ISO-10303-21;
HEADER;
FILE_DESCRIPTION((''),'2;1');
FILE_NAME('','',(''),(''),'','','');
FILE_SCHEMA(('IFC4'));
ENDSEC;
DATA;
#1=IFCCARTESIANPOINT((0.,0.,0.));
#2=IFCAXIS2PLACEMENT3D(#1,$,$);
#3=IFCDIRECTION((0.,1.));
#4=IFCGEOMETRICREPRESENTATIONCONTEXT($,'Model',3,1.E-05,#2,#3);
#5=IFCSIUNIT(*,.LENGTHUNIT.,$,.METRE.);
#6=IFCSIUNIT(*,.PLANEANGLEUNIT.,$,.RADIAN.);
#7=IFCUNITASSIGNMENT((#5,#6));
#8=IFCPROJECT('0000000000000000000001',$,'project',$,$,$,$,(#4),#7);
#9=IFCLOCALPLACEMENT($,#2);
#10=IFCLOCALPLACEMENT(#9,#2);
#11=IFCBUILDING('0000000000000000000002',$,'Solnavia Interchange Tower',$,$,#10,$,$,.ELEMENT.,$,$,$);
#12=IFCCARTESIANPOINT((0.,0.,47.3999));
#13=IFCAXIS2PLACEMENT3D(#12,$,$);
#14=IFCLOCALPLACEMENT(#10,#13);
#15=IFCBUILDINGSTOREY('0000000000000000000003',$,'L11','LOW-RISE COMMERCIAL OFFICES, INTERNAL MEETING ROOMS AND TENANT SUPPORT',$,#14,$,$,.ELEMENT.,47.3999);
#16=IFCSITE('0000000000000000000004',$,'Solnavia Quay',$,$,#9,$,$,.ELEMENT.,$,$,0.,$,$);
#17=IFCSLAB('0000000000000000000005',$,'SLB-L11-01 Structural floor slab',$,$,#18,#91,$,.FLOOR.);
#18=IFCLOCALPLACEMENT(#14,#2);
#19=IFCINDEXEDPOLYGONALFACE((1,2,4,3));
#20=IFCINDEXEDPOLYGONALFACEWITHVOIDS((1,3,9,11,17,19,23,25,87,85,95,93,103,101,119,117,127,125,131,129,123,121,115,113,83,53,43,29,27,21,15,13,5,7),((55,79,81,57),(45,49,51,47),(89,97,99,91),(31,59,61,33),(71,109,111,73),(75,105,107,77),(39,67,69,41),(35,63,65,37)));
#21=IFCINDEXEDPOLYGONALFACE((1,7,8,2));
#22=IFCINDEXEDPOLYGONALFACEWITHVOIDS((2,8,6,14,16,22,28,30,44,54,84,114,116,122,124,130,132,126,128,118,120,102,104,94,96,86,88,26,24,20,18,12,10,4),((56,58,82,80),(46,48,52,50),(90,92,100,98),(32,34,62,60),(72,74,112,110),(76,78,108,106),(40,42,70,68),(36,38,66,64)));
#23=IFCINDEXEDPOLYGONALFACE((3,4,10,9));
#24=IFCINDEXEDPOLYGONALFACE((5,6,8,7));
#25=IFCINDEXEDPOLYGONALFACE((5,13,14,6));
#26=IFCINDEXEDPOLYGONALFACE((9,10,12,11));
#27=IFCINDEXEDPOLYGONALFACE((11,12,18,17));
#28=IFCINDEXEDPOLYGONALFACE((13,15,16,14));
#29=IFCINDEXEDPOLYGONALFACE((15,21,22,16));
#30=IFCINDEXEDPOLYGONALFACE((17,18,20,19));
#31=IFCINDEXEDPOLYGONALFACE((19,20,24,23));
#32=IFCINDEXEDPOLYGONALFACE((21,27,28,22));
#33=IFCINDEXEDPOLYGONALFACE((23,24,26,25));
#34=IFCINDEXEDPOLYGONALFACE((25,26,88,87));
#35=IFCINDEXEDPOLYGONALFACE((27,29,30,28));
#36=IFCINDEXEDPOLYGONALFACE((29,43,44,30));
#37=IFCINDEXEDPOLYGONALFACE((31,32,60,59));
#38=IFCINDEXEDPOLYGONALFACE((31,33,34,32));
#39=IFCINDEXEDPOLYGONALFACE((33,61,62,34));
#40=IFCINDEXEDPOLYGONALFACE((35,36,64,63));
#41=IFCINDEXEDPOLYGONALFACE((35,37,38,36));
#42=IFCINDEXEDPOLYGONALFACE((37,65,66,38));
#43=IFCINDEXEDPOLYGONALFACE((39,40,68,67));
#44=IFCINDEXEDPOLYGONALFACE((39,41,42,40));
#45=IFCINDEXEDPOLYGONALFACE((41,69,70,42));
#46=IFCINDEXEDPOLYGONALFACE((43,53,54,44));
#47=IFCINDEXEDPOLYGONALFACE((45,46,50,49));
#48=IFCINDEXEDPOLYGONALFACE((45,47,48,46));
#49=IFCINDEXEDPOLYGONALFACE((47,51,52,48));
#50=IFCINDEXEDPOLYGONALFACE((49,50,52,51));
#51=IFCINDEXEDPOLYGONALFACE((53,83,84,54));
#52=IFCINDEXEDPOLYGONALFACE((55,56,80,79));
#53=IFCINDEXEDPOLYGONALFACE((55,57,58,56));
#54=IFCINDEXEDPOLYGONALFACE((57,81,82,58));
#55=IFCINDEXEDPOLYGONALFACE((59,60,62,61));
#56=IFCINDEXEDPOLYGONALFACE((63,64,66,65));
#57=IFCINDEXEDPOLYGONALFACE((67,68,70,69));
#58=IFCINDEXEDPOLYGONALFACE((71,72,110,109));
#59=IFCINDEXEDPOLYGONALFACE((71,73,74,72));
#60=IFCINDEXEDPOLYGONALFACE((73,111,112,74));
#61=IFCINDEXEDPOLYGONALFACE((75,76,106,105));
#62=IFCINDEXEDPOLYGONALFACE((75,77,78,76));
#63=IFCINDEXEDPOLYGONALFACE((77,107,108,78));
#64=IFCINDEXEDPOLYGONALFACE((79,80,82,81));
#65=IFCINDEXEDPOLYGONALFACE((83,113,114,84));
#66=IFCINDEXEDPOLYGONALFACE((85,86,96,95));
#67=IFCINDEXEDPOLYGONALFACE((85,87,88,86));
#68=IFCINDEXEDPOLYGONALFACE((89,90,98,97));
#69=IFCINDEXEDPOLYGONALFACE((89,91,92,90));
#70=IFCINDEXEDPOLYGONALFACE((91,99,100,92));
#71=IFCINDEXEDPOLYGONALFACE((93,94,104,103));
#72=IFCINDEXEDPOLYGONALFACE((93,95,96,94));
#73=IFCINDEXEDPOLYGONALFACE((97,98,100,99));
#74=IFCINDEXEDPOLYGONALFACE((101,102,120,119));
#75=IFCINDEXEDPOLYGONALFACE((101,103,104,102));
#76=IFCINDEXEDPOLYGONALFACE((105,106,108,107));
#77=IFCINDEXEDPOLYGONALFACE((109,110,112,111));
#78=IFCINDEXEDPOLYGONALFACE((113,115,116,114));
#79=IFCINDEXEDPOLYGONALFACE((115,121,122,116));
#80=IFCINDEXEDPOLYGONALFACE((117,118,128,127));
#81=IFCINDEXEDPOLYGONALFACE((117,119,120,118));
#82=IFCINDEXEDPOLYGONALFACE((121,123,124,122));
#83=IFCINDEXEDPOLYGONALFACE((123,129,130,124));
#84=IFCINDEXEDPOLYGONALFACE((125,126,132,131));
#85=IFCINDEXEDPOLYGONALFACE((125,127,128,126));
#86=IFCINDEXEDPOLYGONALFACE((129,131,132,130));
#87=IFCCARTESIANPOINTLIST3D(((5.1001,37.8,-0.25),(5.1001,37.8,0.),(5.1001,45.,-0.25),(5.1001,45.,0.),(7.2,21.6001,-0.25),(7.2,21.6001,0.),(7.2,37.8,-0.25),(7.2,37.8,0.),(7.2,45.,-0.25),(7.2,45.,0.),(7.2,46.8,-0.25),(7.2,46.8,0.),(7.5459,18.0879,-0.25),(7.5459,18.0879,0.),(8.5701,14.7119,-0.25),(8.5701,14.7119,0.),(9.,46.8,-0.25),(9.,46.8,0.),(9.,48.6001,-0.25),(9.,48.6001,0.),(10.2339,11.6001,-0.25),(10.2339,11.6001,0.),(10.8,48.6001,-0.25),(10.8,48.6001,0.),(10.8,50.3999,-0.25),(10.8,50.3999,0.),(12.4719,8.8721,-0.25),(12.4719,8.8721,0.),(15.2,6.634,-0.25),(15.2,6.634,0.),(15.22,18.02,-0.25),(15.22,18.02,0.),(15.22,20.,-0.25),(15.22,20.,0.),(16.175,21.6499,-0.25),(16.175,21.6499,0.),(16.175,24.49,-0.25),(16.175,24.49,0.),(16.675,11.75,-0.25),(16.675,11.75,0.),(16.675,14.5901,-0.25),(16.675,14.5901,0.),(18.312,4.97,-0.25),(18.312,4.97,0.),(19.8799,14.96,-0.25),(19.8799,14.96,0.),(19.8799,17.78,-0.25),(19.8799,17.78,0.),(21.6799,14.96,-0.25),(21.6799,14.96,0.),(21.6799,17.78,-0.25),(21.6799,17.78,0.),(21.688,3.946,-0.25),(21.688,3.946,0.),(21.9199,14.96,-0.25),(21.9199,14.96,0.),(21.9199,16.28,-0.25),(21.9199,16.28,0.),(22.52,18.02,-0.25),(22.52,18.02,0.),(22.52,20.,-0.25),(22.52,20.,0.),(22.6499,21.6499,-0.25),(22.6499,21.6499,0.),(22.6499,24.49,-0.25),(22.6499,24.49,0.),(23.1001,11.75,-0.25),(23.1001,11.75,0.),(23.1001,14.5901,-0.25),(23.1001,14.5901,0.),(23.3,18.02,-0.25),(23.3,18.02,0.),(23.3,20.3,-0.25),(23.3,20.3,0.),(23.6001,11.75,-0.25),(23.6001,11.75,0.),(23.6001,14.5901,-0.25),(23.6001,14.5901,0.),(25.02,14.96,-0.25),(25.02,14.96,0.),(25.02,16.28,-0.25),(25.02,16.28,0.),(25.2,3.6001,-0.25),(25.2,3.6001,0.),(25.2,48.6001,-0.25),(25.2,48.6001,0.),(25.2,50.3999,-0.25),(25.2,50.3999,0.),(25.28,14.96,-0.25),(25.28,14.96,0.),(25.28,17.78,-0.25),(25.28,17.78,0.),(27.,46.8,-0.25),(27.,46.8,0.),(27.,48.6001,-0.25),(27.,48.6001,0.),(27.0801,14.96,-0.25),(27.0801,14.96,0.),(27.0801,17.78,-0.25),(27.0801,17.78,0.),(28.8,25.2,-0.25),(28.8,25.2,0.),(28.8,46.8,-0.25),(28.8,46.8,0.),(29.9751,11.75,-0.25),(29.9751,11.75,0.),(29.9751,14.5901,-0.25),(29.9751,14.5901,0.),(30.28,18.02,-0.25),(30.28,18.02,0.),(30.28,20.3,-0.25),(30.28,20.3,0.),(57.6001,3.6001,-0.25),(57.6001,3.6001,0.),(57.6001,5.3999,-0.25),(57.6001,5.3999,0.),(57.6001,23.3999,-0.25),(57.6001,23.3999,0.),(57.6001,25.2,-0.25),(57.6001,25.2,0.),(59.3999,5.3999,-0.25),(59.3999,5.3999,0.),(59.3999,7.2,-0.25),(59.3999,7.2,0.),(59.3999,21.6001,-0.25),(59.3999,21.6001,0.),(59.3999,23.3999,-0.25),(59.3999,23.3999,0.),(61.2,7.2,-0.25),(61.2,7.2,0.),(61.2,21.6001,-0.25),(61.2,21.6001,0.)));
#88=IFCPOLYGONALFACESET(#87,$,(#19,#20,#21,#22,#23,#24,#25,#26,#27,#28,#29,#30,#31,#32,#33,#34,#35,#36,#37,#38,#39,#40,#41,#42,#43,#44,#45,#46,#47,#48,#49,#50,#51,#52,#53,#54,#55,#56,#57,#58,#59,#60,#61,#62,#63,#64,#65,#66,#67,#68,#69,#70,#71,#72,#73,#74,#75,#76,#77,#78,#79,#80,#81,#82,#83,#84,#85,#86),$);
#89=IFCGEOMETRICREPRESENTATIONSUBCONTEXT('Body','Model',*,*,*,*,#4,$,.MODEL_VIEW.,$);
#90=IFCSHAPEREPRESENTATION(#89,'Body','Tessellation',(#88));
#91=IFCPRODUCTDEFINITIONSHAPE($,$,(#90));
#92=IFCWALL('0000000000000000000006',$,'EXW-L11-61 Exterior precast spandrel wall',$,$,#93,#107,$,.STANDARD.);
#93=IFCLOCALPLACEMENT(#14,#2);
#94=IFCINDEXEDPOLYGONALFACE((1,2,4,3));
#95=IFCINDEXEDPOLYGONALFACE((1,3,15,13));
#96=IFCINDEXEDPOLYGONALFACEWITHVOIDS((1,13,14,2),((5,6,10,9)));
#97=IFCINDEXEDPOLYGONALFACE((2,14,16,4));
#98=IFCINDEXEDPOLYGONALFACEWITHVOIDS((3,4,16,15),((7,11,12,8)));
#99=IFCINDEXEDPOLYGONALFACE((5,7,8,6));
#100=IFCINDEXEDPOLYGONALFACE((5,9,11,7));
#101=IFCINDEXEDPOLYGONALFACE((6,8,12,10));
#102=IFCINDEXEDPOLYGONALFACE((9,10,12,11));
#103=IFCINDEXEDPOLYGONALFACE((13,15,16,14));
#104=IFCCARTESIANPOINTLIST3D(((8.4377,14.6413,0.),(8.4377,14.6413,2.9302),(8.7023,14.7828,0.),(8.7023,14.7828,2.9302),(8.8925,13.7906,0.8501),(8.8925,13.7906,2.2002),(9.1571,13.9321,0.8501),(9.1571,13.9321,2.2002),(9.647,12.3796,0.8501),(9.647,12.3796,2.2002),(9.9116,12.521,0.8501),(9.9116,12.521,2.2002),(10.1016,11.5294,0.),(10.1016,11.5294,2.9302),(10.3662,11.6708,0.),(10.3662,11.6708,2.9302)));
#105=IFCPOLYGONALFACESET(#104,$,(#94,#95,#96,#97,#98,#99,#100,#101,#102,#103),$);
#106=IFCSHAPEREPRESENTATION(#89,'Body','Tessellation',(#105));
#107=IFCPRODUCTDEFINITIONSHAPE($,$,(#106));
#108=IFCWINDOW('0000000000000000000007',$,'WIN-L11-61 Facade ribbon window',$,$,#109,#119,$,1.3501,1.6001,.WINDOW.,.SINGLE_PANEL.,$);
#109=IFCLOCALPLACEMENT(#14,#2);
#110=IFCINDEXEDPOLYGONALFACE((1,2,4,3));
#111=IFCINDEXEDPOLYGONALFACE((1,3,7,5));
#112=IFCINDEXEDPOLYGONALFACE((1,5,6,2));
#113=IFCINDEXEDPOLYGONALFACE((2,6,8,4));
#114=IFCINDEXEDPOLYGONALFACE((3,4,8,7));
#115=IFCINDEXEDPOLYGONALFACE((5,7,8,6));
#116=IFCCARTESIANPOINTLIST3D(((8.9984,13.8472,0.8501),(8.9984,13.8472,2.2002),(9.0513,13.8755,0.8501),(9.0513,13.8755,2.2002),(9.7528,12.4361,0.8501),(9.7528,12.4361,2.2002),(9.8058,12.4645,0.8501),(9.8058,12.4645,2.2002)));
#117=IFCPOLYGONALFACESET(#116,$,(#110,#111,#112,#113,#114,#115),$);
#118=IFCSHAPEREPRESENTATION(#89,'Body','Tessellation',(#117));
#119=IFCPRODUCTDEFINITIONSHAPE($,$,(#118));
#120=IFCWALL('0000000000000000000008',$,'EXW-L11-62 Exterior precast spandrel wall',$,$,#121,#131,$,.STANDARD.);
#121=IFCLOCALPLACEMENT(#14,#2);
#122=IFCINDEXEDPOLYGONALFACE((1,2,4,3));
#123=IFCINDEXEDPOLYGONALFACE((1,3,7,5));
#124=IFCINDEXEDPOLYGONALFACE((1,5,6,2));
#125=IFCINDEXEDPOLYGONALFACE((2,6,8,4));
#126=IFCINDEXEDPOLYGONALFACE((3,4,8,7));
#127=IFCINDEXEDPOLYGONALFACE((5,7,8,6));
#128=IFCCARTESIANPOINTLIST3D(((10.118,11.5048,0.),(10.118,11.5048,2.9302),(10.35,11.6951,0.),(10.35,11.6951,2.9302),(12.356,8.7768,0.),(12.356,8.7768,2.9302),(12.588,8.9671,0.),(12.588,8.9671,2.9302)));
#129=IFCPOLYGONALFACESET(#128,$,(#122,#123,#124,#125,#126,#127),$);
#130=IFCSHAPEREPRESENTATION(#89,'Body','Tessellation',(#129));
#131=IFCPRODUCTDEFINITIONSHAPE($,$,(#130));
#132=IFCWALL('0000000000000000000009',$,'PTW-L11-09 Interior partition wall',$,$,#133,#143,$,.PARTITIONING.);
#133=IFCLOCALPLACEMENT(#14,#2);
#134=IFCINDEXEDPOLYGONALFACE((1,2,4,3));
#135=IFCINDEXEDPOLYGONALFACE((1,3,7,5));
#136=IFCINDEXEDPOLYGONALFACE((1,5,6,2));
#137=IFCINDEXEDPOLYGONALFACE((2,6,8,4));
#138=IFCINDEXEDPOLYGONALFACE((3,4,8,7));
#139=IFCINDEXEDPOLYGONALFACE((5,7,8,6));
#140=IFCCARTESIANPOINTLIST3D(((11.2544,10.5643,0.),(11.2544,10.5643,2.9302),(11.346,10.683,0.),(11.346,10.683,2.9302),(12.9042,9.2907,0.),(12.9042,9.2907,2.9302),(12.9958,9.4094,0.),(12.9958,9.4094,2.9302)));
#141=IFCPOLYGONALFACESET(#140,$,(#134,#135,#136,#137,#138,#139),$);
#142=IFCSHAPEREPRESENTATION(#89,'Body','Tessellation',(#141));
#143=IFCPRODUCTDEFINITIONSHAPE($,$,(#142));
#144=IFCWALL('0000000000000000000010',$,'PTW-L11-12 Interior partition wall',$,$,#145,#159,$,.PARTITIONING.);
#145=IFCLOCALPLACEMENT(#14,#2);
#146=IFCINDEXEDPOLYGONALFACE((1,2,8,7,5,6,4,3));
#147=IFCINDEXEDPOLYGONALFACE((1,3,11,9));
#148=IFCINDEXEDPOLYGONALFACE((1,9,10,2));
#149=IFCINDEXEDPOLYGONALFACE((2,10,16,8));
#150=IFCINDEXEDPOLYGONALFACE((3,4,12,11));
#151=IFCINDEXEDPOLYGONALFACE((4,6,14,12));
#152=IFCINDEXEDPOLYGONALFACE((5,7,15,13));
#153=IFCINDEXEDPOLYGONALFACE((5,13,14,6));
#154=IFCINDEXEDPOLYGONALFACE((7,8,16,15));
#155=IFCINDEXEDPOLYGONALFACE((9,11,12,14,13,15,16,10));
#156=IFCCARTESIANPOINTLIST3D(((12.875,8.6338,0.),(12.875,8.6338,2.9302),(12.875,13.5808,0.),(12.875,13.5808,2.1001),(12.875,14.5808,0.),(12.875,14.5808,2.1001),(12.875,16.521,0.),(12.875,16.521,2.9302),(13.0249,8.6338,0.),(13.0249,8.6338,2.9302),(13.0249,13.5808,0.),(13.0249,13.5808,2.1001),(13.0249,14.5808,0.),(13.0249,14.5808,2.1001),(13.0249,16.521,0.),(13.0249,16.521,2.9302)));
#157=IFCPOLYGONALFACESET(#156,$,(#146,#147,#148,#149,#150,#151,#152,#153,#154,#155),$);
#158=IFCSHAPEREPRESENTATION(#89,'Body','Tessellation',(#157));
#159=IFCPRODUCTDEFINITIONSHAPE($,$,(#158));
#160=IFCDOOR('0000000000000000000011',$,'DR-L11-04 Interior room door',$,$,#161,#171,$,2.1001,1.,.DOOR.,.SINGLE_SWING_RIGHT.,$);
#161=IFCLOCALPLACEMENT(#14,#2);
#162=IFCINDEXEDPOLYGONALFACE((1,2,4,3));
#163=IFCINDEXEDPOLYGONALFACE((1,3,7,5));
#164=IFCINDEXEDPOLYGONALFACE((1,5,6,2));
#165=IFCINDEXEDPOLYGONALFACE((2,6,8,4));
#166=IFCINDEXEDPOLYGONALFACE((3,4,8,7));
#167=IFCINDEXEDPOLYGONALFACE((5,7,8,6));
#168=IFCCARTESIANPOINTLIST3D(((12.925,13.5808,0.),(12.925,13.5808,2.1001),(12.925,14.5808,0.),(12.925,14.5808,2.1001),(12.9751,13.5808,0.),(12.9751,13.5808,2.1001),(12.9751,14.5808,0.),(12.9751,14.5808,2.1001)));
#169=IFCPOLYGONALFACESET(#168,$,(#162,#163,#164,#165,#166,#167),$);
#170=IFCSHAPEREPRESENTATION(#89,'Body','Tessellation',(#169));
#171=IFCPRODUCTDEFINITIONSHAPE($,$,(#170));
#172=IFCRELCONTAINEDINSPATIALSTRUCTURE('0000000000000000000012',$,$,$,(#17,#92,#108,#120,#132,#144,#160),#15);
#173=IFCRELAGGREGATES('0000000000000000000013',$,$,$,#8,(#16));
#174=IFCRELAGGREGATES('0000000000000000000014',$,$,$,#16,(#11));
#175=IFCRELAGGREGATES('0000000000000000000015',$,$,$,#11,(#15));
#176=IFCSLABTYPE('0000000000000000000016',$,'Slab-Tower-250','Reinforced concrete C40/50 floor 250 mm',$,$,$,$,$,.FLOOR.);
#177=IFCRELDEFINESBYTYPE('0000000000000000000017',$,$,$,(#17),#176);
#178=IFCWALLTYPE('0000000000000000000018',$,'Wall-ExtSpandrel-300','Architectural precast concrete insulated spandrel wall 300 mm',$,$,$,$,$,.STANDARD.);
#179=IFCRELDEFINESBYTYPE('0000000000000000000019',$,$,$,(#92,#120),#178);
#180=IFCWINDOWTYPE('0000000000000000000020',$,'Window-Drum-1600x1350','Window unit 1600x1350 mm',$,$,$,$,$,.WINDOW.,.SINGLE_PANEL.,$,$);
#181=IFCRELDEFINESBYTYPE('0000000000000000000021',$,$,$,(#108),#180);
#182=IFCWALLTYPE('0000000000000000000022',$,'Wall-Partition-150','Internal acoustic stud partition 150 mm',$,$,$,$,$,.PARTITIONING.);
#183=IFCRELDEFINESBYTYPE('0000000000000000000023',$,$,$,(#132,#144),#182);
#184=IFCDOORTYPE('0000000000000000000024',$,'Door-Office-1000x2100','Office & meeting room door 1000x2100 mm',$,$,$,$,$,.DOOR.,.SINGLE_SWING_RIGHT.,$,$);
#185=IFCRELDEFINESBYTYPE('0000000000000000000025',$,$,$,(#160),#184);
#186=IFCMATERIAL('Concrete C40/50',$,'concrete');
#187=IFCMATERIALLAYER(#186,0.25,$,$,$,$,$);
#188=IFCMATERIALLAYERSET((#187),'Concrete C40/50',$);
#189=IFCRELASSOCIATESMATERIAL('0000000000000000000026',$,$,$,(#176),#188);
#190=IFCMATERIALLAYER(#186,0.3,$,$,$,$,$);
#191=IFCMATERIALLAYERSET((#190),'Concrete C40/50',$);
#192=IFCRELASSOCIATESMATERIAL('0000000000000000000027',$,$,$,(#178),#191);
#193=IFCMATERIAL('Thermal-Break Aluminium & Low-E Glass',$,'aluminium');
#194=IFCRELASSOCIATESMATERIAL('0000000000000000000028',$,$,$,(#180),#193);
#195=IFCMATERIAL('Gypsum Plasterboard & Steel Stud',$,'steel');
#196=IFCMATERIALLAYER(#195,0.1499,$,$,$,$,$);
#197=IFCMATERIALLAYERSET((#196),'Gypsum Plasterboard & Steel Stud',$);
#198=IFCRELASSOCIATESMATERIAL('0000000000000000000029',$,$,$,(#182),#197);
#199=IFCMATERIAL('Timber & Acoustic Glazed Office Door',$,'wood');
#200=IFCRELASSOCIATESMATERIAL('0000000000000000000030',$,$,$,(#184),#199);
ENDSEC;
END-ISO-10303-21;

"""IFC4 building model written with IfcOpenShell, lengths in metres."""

from ifc_helpers import new_model, si_unit, direction, frame, frame_2d, origin, place, context, subcontext, project, spatial, polyline, rectangle, outline, extrude, material, layer, layer_set, type_object, element, fill, save


model = new_model("IFC4")

# Units and contexts
model_context = context("Model", 3, precision=1e-05, world=origin(), true_north=direction((0.0, 1.0)))
body_context = subcontext(model_context, "Body", "Model", "MODEL_VIEW")
ifc_project = project(units=[si_unit("LENGTHUNIT", "METRE"), si_unit("PLANEANGLEUNIT", "RADIAN")], contexts=[model_context])

# Site, building, storey
site_placement = place(None, origin())
site = spatial("IfcSite", under=ifc_project, at=site_placement, Name="Solnavia Quay", CompositionType="ELEMENT", RefElevation=0.0)
building_placement = place(site_placement, origin())
building = spatial("IfcBuilding", under=site, at=building_placement, Name="Solnavia Interchange Tower", CompositionType="ELEMENT")
storey_placement = place(building_placement, frame((0.0, 0.0, 47.3999)))
storey = spatial("IfcBuildingStorey", under=building, at=storey_placement, Name="L11", Description="LOW-RISE COMMERCIAL OFFICES, INTERNAL MEETING ROOMS AND TENANT SUPPORT", CompositionType="ELEMENT", Elevation=47.3999)

# Shared definitions
ifc_material_1 = material(Name="Concrete C40/50", Category="concrete")

# Slab
ifc_layer_1 = layer(ifc_material_1, 0.25)
ifc_layer_set_1 = layer_set([ifc_layer_1], Name="Concrete C40/50")
slab_type_1 = type_object("IfcSlabType", Name="Slab-Tower-250", Description="Reinforced concrete C40/50 floor 250 mm", PredefinedType="FLOOR", material=ifc_layer_set_1)
slab_1_placement = place(storey_placement, frame((0.0, 0.0, -0.25)))
element("IfcSlab", 1, at=slab_1_placement, inside=storey, type_object=slab_type_1, Name="SLB-L11-01 Structural floor slab", PredefinedType="FLOOR", context=body_context, shape_type="SweptSolid", body=[
    extrude(outline(polyline([(25.2, 3.6001), (57.6001, 3.6001), (57.6001, 5.3999), (59.3999, 5.3999), (59.3999, 7.2), (61.2, 7.2), (61.2, 21.6001), (59.3999, 21.6001), (59.3999, 23.3999), (57.6001, 23.3999), (57.6001, 25.2), (28.8, 25.2), (28.8, 46.8), (27.0, 46.8), (27.0, 48.6001), (25.2, 48.6001), (25.2, 50.3999), (10.8, 50.3999), (10.8, 48.6001), (9.0, 48.6001), (9.0, 46.8), (7.2, 46.8), (7.2, 45.0), (5.1001, 45.0), (5.1001, 37.8), (7.2, 37.8), (7.2, 21.6001), (7.5459, 18.0879), (8.5701, 14.7119), (10.2339, 11.6001), (12.4719, 8.8721), (15.2, 6.634), (18.312, 4.97), (21.688, 3.946), (25.2, 3.6001)]), holes=[polyline([(16.675, 11.75), (23.1001, 11.75), (23.1001, 14.5901), (16.675, 14.5901), (16.675, 11.75)]), polyline([(23.6001, 11.75), (29.9751, 11.75), (29.9751, 14.5901), (23.6001, 14.5901), (23.6001, 11.75)]), polyline([(16.175, 21.6499), (22.6499, 21.6499), (22.6499, 24.49), (16.175, 24.49), (16.175, 21.6499)]), polyline([(19.8799, 14.96), (21.6799, 14.96), (21.6799, 17.78), (19.8799, 17.78), (19.8799, 14.96)]), polyline([(25.28, 14.96), (27.0801, 14.96), (27.0801, 17.78), (25.28, 17.78), (25.28, 14.96)]), polyline([(21.9199, 14.96), (25.02, 14.96), (25.02, 16.28), (21.9199, 16.28), (21.9199, 14.96)]), polyline([(15.22, 18.02), (22.52, 18.02), (22.52, 20.0), (15.22, 20.0), (15.22, 18.02)]), polyline([(23.3, 18.02), (30.28, 18.02), (30.28, 20.3), (23.3, 20.3), (23.3, 18.02)])]), origin(), (0.0, 0.0, 1.0), 0.25),
])

# Wall, opening, window
ifc_layer_2 = layer(ifc_material_1, 0.3)
ifc_layer_set_2 = layer_set([ifc_layer_2], Name="Concrete C40/50")
wall_type_1 = type_object("IfcWallType", Name="Wall-ExtSpandrel-300", Description="Architectural precast concrete insulated spandrel wall 300 mm", PredefinedType="STANDARD", material=ifc_layer_set_2)
wall_1_placement = place(storey_placement, frame((10.2339, 11.6001, 0.0), z_axis=(0.0, 0.0, 1.0), x_axis=(-0.471511, 0.88186, 0.0)))
wall_1 = element("IfcWall", 2, at=wall_1_placement, inside=storey, type_object=wall_type_1, Name="EXW-L11-61 Exterior precast spandrel wall", PredefinedType="STANDARD", context=body_context, shape_type="SweptSolid", body=[
    extrude(rectangle(XDim=3.5288, YDim=0.3, at=frame_2d((1.7644, 0.0))), origin(), (0.0, 0.0, 1.0), 2.9302),
])
opening_1_placement = place(wall_1_placement, frame((0.9641, 0.0, 0.8501)))
opening_1 = element("IfcOpeningElement", 3, at=opening_1_placement, cuts=wall_1, PredefinedType="OPENING", context=body_context, shape_type="SweptSolid", body=[
    extrude(rectangle(XDim=1.6001, YDim=1.3501, at=frame_2d((0.8, 0.675))), frame((0.0, 0.1602, 0.0), z_axis=(0.0, -1.0, 0.0), x_axis=(1.0, 0.0, 0.0)), (0.0, 0.0, 1.0), 0.3201),
])
ifc_material_2 = material(Name="Thermal-Break Aluminium & Low-E Glass", Category="aluminium")
window_type = type_object("IfcWindowType", Name="Window-Drum-1600x1350", Description="Window unit 1600x1350 mm", PartitioningType="SINGLE_PANEL", PredefinedType="WINDOW", material=ifc_material_2)
window_placement = place(opening_1_placement, origin())
window = element("IfcWindow", 4, at=window_placement, inside=storey, type_object=window_type, Name="WIN-L11-61 Facade ribbon window", OverallHeight=1.3501, OverallWidth=1.6001, PartitioningType="SINGLE_PANEL", PredefinedType="WINDOW", context=body_context, shape_type="SweptSolid", body=[
    extrude(rectangle(XDim=1.6001, YDim=1.3501, at=frame_2d((0.8, 0.675))), frame((0.0, 0.03, 0.0), z_axis=(0.0, -1.0, 0.0), x_axis=(1.0, 0.0, 0.0)), (0.0, 0.0, 1.0), 0.0601),
])
fill(opening_1, window)

# Walls
wall_2_placement = place(storey_placement, frame((12.4719, 8.8721, 0.0), z_axis=(0.0, 0.0, 1.0), x_axis=(-0.634258, 0.773121, 0.0)))
element("IfcWall", 5, at=wall_2_placement, inside=storey, type_object=wall_type_1, Name="EXW-L11-62 Exterior precast spandrel wall", PredefinedType="STANDARD", context=body_context, shape_type="SweptSolid", body=[
    extrude(rectangle(XDim=3.5286, YDim=0.3, at=frame_2d((1.7642, 0.0))), origin(), (0.0, 0.0, 1.0), 2.9302),
])
ifc_material_3 = material(Name="Gypsum Plasterboard & Steel Stud", Category="steel")
ifc_layer_3 = layer(ifc_material_3, 0.1499)
ifc_layer_set_3 = layer_set([ifc_layer_3], Name="Gypsum Plasterboard & Steel Stud")
wall_type_2 = type_object("IfcWallType", Name="Wall-Partition-150", Description="Internal acoustic stud partition 150 mm", PredefinedType="PARTITIONING", material=ifc_layer_set_3)
wall_3_placement = place(storey_placement, frame((12.95, 9.3501, 0.0), z_axis=(0.0, 0.0, 1.0), x_axis=(-0.791573, 0.611074, 0.0)))
element("IfcWall", 6, at=wall_3_placement, inside=storey, type_object=wall_type_2, Name="PTW-L11-09 Interior partition wall", PredefinedType="PARTITIONING", context=body_context, shape_type="SweptSolid", body=[
    extrude(rectangle(XDim=2.0842, YDim=0.1499, at=frame_2d((1.042, 0.0))), origin(), (0.0, 0.0, 1.0), 2.9302),
])

# Wall, opening, door
wall_4_placement = place(storey_placement, frame((12.95, 8.6338, 0.0), z_axis=(0.0, 0.0, 1.0), x_axis=(0.0, 1.0, 0.0)))
wall_4 = element("IfcWall", 7, at=wall_4_placement, inside=storey, type_object=wall_type_2, Name="PTW-L11-12 Interior partition wall", PredefinedType="PARTITIONING", context=body_context, shape_type="SweptSolid", body=[
    extrude(rectangle(XDim=7.8872, YDim=0.1499, at=frame_2d((3.9436, 0.0))), origin(), (0.0, 0.0, 1.0), 2.9302),
])
opening_2_placement = place(wall_4_placement, frame((4.947, 0.0, 0.0)))
opening_2 = element("IfcOpeningElement", 8, at=opening_2_placement, cuts=wall_4, PredefinedType="OPENING", context=body_context, shape_type="SweptSolid", body=[
    extrude(rectangle(XDim=1.0, YDim=2.1001, at=frame_2d((0.5, 1.05))), frame((0.0, 0.085, 0.0), z_axis=(0.0, -1.0, 0.0), x_axis=(1.0, 0.0, 0.0)), (0.0, 0.0, 1.0), 0.1699),
])
ifc_material_4 = material(Name="Timber & Acoustic Glazed Office Door", Category="wood")
door_type_1 = type_object("IfcDoorType", Name="Door-Office-1000x2100", Description="Office & meeting room door 1000x2100 mm", OperationType="SINGLE_SWING_RIGHT", PredefinedType="DOOR", material=ifc_material_4)
door_1_placement = place(opening_2_placement, origin())
door_1 = element("IfcDoor", 9, at=door_1_placement, inside=storey, type_object=door_type_1, Name="DR-L11-04 Interior room door", OperationType="SINGLE_SWING_RIGHT", OverallHeight=2.1001, OverallWidth=1.0, PredefinedType="DOOR", context=body_context, shape_type="SweptSolid", body=[
    extrude(rectangle(XDim=1.0, YDim=2.1001, at=frame_2d((0.5, 1.05))), frame((0.0, 0.0249, 0.0), z_axis=(0.0, -1.0, 0.0), x_axis=(1.0, 0.0, 0.0)), (0.0, 0.0, 1.0), 0.05),
])
fill(opening_2, door_1)

save(model, "model.ifc")
